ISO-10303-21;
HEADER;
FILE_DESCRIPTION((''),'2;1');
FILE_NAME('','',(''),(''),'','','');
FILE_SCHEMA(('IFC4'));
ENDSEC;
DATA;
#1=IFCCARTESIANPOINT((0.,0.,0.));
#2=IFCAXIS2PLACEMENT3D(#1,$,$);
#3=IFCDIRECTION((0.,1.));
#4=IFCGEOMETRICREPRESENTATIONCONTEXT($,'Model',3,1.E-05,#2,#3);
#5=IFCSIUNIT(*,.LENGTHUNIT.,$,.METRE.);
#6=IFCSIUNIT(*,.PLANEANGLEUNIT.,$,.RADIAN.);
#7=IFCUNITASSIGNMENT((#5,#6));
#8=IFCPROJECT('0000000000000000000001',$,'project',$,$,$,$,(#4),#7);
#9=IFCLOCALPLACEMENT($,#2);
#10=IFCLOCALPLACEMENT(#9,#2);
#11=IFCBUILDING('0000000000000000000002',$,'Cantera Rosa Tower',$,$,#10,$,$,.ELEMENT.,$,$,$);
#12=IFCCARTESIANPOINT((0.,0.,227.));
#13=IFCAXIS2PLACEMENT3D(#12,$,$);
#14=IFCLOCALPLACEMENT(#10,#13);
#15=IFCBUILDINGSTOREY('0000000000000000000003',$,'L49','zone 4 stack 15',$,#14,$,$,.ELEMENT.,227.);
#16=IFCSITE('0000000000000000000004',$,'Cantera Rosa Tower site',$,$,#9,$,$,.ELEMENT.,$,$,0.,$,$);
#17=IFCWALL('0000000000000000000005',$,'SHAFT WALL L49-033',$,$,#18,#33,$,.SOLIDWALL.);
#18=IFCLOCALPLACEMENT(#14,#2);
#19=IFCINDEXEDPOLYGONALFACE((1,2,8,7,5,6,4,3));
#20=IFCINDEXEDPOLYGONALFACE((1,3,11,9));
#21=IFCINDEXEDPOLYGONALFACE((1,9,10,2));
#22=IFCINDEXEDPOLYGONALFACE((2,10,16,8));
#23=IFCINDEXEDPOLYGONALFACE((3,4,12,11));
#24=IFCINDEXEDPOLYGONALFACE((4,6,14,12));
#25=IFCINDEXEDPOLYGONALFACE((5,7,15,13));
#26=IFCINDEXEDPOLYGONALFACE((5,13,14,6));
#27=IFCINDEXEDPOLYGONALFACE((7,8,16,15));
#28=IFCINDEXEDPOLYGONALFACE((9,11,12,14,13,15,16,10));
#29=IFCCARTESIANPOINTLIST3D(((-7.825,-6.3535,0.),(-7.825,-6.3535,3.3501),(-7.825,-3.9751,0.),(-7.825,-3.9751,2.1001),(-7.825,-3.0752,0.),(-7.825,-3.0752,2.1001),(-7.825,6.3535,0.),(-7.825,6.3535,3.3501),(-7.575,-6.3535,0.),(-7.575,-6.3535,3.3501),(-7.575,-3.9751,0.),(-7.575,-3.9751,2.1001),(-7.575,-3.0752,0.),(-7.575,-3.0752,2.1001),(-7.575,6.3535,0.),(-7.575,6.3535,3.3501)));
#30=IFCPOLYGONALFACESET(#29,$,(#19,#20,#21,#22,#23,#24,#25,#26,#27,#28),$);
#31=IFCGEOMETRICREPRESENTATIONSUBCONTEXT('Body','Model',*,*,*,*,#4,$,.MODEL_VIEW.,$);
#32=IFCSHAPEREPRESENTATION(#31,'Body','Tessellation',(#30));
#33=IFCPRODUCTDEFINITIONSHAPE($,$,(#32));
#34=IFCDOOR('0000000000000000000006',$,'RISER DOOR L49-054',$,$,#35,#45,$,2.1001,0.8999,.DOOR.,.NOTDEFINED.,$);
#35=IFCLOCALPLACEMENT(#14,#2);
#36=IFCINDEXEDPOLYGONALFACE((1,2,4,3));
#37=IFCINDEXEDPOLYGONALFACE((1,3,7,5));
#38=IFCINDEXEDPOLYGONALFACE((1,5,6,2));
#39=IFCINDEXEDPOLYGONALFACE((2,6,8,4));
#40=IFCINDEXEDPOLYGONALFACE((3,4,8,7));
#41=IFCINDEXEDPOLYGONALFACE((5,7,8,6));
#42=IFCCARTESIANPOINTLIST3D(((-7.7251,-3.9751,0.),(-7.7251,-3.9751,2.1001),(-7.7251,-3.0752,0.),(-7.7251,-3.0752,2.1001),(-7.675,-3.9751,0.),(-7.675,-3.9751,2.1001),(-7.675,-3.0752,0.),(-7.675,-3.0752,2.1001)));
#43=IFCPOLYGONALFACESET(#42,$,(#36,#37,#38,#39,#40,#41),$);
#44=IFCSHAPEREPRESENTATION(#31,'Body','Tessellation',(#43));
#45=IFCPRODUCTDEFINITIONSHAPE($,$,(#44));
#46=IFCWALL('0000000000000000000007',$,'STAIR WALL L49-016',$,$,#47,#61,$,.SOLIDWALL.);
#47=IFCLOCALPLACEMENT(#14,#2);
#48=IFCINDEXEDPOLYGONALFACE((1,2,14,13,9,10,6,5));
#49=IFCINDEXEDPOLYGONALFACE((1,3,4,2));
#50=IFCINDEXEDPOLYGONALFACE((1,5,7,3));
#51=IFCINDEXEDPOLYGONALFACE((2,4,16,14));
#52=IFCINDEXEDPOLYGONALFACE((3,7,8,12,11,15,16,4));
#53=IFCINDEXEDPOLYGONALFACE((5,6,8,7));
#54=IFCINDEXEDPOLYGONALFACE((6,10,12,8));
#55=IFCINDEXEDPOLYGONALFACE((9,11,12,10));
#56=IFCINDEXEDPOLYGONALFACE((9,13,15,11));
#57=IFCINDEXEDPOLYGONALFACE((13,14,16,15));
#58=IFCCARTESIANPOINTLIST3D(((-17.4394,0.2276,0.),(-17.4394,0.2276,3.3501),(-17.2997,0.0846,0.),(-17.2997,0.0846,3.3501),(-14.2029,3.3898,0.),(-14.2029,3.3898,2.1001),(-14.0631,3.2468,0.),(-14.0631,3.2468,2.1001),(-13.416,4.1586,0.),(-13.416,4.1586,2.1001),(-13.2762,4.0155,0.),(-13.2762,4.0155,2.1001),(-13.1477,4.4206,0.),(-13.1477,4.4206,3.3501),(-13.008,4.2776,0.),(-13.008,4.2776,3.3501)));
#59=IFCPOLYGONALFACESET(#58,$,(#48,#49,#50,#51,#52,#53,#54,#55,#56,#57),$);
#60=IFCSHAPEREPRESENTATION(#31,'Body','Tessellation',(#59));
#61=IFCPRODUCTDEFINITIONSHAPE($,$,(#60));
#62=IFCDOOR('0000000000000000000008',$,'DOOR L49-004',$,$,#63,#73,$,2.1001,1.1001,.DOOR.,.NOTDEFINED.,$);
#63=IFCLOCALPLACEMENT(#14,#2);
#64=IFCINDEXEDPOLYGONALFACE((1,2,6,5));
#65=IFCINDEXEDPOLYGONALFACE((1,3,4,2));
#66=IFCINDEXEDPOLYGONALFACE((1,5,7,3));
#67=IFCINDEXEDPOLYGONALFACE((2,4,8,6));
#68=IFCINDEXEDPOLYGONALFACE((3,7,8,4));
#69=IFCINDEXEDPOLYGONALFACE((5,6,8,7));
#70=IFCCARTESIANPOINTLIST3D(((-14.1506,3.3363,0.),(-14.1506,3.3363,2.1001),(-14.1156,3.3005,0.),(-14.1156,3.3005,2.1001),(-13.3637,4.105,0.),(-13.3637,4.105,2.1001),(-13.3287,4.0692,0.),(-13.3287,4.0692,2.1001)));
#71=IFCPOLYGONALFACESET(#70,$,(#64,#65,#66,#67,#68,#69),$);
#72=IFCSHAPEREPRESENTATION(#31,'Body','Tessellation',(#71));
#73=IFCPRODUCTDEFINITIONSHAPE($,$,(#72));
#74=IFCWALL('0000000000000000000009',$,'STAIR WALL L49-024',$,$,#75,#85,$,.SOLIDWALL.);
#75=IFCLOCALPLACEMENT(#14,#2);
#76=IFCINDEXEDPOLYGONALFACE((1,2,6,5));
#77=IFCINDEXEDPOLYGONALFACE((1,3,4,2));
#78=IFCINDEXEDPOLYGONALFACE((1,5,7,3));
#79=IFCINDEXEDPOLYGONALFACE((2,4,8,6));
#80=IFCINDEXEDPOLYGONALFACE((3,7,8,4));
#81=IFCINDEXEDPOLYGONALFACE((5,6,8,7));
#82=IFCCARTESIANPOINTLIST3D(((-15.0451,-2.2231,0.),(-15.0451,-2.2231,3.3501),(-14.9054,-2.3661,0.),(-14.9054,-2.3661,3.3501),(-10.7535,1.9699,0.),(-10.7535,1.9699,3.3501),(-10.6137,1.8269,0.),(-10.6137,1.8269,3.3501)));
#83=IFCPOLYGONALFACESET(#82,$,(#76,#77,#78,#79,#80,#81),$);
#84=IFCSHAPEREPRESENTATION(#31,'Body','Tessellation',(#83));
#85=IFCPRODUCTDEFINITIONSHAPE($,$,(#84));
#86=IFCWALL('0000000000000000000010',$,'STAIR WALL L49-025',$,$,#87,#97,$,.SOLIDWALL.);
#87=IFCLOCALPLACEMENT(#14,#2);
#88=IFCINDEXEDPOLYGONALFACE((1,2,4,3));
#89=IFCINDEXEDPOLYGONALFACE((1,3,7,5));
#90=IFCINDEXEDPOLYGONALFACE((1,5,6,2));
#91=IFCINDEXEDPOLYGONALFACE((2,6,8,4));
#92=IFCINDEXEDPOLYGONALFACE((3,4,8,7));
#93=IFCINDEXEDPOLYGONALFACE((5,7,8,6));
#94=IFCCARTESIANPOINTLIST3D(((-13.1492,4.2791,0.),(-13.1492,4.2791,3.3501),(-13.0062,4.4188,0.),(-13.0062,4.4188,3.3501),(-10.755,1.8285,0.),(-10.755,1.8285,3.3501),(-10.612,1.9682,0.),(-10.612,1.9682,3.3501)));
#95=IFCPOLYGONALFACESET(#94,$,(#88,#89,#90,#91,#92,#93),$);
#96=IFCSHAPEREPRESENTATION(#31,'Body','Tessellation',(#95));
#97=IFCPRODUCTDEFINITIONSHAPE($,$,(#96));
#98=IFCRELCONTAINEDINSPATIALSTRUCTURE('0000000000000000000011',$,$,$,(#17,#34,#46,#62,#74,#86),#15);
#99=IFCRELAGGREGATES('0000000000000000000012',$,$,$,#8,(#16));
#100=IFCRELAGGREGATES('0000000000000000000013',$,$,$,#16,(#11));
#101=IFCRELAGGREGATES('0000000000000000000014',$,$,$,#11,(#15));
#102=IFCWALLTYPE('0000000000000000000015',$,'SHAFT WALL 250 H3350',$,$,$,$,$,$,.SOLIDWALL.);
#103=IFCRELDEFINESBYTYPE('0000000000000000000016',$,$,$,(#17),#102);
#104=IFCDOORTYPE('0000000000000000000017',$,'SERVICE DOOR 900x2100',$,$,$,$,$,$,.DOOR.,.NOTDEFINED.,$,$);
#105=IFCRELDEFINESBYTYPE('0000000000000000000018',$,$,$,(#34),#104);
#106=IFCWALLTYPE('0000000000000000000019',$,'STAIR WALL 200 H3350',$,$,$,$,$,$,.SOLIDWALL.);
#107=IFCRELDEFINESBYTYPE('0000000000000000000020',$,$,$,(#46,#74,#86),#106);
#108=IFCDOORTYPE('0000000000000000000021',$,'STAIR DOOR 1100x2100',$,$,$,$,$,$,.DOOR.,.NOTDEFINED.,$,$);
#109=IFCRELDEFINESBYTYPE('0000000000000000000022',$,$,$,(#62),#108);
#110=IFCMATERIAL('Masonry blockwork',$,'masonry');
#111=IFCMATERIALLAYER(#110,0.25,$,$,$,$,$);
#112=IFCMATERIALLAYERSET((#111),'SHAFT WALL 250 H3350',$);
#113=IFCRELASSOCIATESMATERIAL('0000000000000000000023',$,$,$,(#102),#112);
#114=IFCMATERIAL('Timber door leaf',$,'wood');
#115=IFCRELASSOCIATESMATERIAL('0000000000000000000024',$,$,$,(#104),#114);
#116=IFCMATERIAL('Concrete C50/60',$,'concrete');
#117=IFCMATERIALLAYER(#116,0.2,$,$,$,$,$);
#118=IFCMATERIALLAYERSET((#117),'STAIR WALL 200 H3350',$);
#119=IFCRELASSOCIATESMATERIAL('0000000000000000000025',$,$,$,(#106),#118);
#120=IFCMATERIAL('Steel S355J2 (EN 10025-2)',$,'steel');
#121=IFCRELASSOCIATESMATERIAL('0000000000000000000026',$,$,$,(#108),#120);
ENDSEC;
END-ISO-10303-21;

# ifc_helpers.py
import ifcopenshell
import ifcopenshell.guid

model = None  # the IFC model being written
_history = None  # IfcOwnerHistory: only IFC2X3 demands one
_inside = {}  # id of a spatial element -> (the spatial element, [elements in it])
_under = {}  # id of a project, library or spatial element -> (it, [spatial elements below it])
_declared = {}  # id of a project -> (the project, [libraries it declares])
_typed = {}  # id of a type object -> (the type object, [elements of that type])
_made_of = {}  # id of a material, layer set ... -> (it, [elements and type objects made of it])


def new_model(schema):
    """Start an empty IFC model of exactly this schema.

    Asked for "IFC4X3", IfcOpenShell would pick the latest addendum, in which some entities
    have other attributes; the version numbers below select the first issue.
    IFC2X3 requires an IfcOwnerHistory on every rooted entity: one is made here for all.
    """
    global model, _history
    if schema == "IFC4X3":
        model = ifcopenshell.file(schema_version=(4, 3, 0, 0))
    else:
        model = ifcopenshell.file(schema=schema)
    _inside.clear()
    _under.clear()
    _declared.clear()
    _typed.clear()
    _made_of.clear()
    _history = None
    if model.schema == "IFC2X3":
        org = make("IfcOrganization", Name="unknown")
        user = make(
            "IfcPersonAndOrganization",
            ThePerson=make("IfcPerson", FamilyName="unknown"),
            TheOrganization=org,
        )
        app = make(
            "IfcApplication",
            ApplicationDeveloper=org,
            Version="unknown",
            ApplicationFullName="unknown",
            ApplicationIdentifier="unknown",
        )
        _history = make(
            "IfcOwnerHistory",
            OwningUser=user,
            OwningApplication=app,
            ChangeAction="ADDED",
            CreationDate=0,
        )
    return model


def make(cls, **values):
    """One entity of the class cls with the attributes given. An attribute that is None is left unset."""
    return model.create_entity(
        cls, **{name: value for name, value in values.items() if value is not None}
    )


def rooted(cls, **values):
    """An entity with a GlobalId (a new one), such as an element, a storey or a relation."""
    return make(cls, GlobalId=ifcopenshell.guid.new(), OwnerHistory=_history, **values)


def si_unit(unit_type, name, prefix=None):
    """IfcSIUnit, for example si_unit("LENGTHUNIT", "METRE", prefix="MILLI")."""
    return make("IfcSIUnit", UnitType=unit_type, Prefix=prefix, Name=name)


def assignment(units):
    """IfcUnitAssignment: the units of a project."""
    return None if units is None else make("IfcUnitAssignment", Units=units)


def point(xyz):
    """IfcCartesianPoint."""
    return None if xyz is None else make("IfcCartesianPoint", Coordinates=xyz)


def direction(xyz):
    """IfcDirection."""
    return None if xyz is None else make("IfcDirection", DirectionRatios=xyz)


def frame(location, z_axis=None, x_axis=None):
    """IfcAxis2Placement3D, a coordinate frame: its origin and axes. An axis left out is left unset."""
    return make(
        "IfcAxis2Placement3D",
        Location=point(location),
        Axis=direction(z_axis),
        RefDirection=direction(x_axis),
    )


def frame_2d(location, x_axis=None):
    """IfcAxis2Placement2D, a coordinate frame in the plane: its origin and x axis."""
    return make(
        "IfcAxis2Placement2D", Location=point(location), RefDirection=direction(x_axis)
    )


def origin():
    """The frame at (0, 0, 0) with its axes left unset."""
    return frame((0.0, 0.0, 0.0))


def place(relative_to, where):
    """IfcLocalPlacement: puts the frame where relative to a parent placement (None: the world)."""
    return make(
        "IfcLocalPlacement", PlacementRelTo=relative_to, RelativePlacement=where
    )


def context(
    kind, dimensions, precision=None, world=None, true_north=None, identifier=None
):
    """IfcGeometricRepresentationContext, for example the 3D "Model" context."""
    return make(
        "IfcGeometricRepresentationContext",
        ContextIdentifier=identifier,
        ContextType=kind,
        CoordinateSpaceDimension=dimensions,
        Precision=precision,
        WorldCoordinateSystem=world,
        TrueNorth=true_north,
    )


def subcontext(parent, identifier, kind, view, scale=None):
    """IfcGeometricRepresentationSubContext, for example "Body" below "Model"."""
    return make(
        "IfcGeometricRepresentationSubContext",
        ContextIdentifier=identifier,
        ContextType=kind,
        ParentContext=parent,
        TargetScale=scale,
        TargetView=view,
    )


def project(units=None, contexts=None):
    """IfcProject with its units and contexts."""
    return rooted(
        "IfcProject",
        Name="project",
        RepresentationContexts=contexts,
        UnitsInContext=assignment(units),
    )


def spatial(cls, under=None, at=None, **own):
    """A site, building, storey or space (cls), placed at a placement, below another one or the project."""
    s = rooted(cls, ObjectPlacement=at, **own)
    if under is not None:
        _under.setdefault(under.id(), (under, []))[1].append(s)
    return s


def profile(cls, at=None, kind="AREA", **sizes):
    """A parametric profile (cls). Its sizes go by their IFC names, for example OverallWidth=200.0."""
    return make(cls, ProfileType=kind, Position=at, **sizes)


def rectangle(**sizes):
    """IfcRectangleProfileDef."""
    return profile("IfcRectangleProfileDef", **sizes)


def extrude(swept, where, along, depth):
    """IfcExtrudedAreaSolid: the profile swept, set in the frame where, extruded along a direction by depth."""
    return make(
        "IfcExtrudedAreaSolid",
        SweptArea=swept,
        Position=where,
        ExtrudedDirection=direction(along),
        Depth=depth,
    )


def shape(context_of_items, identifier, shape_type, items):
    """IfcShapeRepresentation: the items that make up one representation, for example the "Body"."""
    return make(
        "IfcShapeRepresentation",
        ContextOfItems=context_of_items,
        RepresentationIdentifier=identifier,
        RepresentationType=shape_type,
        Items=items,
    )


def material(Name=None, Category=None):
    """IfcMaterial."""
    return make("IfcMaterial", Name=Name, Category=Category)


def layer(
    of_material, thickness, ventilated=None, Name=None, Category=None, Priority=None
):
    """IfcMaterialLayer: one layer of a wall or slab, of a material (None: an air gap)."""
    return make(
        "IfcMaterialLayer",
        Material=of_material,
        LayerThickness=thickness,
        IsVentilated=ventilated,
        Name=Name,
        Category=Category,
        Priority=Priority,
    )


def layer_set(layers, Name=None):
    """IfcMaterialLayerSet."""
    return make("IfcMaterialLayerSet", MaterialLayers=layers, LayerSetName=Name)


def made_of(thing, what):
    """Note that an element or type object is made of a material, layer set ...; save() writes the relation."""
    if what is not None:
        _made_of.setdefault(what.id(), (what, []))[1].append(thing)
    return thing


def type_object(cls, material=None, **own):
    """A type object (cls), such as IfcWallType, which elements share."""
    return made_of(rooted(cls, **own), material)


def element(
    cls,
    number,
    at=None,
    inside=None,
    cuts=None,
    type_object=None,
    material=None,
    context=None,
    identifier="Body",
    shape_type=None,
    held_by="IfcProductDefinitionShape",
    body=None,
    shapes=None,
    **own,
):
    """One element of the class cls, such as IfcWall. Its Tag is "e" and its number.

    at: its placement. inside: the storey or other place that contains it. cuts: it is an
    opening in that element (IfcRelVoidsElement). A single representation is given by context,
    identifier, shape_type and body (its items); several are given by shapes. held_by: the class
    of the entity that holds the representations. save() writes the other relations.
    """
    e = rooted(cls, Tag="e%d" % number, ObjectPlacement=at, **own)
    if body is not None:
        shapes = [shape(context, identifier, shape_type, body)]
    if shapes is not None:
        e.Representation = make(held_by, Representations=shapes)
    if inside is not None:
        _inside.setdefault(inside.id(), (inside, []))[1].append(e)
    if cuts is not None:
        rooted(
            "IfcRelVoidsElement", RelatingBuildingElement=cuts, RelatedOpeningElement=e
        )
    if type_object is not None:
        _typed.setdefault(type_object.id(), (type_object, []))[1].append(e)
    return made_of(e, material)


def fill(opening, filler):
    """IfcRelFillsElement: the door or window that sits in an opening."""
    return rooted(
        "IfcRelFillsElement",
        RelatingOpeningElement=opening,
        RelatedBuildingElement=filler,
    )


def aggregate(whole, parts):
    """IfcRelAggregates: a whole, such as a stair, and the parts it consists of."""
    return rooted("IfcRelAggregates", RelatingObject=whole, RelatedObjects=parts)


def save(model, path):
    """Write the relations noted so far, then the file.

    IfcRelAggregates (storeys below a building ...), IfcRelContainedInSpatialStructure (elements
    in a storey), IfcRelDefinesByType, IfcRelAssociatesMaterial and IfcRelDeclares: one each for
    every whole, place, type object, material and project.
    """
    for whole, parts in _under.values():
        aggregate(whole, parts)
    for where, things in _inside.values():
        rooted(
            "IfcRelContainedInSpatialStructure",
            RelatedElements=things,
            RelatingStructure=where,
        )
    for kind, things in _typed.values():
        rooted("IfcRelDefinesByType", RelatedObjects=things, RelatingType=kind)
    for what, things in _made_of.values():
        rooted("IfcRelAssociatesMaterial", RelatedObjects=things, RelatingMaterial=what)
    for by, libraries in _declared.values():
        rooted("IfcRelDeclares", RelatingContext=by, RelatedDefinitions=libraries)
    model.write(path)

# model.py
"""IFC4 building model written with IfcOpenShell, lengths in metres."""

from ifc_helpers import new_model, si_unit, direction, frame, frame_2d, origin, place, context, subcontext, project, spatial, rectangle, extrude, material, layer, layer_set, type_object, element, fill, save


model = new_model("IFC4")

# Units and contexts
model_context = context("Model", 3, precision=1e-05, world=origin(), true_north=direction((0.0, 1.0)))
body_context = subcontext(model_context, "Body", "Model", "MODEL_VIEW")
ifc_project = project(units=[si_unit("LENGTHUNIT", "METRE"), si_unit("PLANEANGLEUNIT", "RADIAN")], contexts=[model_context])

# Site, building, storey
site_placement = place(None, origin())
site = spatial("IfcSite", under=ifc_project, at=site_placement, Name="Cantera Rosa Tower site", CompositionType="ELEMENT", RefElevation=0.0)
building_placement = place(site_placement, origin())
building = spatial("IfcBuilding", under=site, at=building_placement, Name="Cantera Rosa Tower", CompositionType="ELEMENT")
storey_placement = place(building_placement, frame((0.0, 0.0, 227.0)))
storey = spatial("IfcBuildingStorey", under=building, at=storey_placement, Name="L49", Description="zone 4 stack 15", CompositionType="ELEMENT", Elevation=227.0)

# Shared definitions
ifc_material_1 = material(Name="Masonry blockwork", Category="masonry")
ifc_layer_1 = layer(ifc_material_1, 0.25)
ifc_layer_set_1 = layer_set([ifc_layer_1], Name="SHAFT WALL 250 H3350")
wall_type_1 = type_object("IfcWallType", Name="SHAFT WALL 250 H3350", PredefinedType="SOLIDWALL", material=ifc_layer_set_1)

# Walls, openings, doors
wall_1_placement = place(storey_placement, frame((-7.7, 6.3535, 0.0), z_axis=(0.0, 0.0, 1.0), x_axis=(0.0, -1.0, 0.0)))
wall_1 = element("IfcWall", 1, at=wall_1_placement, inside=storey, type_object=wall_type_1, Name="SHAFT WALL L49-033", PredefinedType="SOLIDWALL", context=body_context, shape_type="SweptSolid", body=[
    extrude(rectangle(XDim=12.707, YDim=0.25, at=frame_2d((6.3535, 0.0))), origin(), (0.0, 0.0, 1.0), 3.3501),
])
opening_1_placement = place(wall_1_placement, frame((9.4287, 0.0, 0.0)))
opening_1 = element("IfcOpeningElement", 2, at=opening_1_placement, cuts=wall_1, PredefinedType="OPENING", context=body_context, shape_type="SweptSolid", body=[
    extrude(rectangle(XDim=0.8999, YDim=2.1001, at=frame_2d((0.45, 1.05))), frame((0.0, 0.135, 0.0), z_axis=(0.0, -1.0, 0.0), x_axis=(1.0, 0.0, 0.0)), (0.0, 0.0, 1.0), 0.27),
])
ifc_material_2 = material(Name="Timber door leaf", Category="wood")
door_type_1 = type_object("IfcDoorType", Name="SERVICE DOOR 900x2100", OperationType="NOTDEFINED", PredefinedType="DOOR", material=ifc_material_2)
door_1_placement = place(opening_1_placement, origin())
door_1 = element("IfcDoor", 3, at=door_1_placement, inside=storey, type_object=door_type_1, Name="RISER DOOR L49-054", OperationType="NOTDEFINED", OverallHeight=2.1001, OverallWidth=0.8999, PredefinedType="DOOR", context=body_context, shape_type="SweptSolid", body=[
    extrude(rectangle(XDim=0.8999, YDim=2.1001, at=frame_2d((0.45, 1.05))), frame((0.0, 0.0249, 0.0), z_axis=(0.0, -1.0, 0.0), x_axis=(1.0, 0.0, 0.0)), (0.0, 0.0, 1.0), 0.05),
])
fill(opening_1, door_1)
ifc_material_3 = material(Name="Concrete C50/60", Category="concrete")
ifc_layer_2 = layer(ifc_material_3, 0.2)
ifc_layer_set_2 = layer_set([ifc_layer_2], Name="STAIR WALL 200 H3350")
wall_type_2 = type_object("IfcWallType", Name="STAIR WALL 200 H3350", PredefinedType="SOLIDWALL", material=ifc_layer_set_2)
wall_2_placement = place(storey_placement, frame((-13.0779, 4.3491, 0.0), z_axis=(0.0, 0.0, 1.0), x_axis=(-0.715278, -0.69884, 0.0)))
wall_2 = element("IfcWall", 4, at=wall_2_placement, inside=storey, type_object=wall_type_2, Name="STAIR WALL L49-016", PredefinedType="SOLIDWALL", context=body_context, shape_type="SweptSolid", body=[
    extrude(rectangle(XDim=6.0, YDim=0.2, at=frame_2d((3.0, 0.0))), origin(), (0.0, 0.0, 1.0), 3.3501),
])
opening_2_placement = place(wall_2_placement, frame((0.375, 0.0, 0.0)))
opening_2 = element("IfcOpeningElement", 5, at=opening_2_placement, cuts=wall_2, PredefinedType="OPENING", context=body_context, shape_type="SweptSolid", body=[
    extrude(rectangle(XDim=1.1001, YDim=2.1001, at=frame_2d((0.55, 1.05))), frame((0.0, 0.1099, 0.0), z_axis=(0.0, -1.0, 0.0), x_axis=(1.0, 0.0, 0.0)), (0.0, 0.0, 1.0), 0.22),
])
ifc_material_4 = material(Name="Steel S355J2 (EN 10025-2)", Category="steel")
door_type_2 = type_object("IfcDoorType", Name="STAIR DOOR 1100x2100", OperationType="NOTDEFINED", PredefinedType="DOOR", material=ifc_material_4)
door_2_placement = place(opening_2_placement, origin())
door_2 = element("IfcDoor", 6, at=door_2_placement, inside=storey, type_object=door_type_2, Name="DOOR L49-004", OperationType="NOTDEFINED", OverallHeight=2.1001, OverallWidth=1.1001, PredefinedType="DOOR", context=body_context, shape_type="SweptSolid", body=[
    extrude(rectangle(XDim=1.1001, YDim=2.1001, at=frame_2d((0.55, 1.05))), frame((0.0, 0.0249, 0.0), z_axis=(0.0, -1.0, 0.0), x_axis=(1.0, 0.0, 0.0)), (0.0, 0.0, 1.0), 0.05),
])
fill(opening_2, door_2)

# Walls
wall_3_placement = place(storey_placement, frame((-10.6836, 1.8984, 0.0), z_axis=(0.0, 0.0, 1.0), x_axis=(-0.715278, -0.69884, 0.0)))
element("IfcWall", 7, at=wall_3_placement, inside=storey, type_object=wall_type_2, Name="STAIR WALL L49-024", PredefinedType="SOLIDWALL", context=body_context, shape_type="SweptSolid", body=[
    extrude(rectangle(XDim=6.0, YDim=0.2, at=frame_2d((3.0, 0.0))), origin(), (0.0, 0.0, 1.0), 3.3501),
])
wall_4_placement = place(storey_placement, frame((-10.6836, 1.8984, 0.0), z_axis=(0.0, 0.0, 1.0), x_axis=(-0.698829, 0.715289, 0.0)))
element("IfcWall", 8, at=wall_4_placement, inside=storey, type_object=wall_type_2, Name="STAIR WALL L49-025", PredefinedType="SOLIDWALL", context=body_context, shape_type="SweptSolid", body=[
    extrude(rectangle(XDim=3.426, YDim=0.2, at=frame_2d((1.7129, 0.0))), origin(), (0.0, 0.0, 1.0), 3.3501),
])

save(model, "model.ifc")
